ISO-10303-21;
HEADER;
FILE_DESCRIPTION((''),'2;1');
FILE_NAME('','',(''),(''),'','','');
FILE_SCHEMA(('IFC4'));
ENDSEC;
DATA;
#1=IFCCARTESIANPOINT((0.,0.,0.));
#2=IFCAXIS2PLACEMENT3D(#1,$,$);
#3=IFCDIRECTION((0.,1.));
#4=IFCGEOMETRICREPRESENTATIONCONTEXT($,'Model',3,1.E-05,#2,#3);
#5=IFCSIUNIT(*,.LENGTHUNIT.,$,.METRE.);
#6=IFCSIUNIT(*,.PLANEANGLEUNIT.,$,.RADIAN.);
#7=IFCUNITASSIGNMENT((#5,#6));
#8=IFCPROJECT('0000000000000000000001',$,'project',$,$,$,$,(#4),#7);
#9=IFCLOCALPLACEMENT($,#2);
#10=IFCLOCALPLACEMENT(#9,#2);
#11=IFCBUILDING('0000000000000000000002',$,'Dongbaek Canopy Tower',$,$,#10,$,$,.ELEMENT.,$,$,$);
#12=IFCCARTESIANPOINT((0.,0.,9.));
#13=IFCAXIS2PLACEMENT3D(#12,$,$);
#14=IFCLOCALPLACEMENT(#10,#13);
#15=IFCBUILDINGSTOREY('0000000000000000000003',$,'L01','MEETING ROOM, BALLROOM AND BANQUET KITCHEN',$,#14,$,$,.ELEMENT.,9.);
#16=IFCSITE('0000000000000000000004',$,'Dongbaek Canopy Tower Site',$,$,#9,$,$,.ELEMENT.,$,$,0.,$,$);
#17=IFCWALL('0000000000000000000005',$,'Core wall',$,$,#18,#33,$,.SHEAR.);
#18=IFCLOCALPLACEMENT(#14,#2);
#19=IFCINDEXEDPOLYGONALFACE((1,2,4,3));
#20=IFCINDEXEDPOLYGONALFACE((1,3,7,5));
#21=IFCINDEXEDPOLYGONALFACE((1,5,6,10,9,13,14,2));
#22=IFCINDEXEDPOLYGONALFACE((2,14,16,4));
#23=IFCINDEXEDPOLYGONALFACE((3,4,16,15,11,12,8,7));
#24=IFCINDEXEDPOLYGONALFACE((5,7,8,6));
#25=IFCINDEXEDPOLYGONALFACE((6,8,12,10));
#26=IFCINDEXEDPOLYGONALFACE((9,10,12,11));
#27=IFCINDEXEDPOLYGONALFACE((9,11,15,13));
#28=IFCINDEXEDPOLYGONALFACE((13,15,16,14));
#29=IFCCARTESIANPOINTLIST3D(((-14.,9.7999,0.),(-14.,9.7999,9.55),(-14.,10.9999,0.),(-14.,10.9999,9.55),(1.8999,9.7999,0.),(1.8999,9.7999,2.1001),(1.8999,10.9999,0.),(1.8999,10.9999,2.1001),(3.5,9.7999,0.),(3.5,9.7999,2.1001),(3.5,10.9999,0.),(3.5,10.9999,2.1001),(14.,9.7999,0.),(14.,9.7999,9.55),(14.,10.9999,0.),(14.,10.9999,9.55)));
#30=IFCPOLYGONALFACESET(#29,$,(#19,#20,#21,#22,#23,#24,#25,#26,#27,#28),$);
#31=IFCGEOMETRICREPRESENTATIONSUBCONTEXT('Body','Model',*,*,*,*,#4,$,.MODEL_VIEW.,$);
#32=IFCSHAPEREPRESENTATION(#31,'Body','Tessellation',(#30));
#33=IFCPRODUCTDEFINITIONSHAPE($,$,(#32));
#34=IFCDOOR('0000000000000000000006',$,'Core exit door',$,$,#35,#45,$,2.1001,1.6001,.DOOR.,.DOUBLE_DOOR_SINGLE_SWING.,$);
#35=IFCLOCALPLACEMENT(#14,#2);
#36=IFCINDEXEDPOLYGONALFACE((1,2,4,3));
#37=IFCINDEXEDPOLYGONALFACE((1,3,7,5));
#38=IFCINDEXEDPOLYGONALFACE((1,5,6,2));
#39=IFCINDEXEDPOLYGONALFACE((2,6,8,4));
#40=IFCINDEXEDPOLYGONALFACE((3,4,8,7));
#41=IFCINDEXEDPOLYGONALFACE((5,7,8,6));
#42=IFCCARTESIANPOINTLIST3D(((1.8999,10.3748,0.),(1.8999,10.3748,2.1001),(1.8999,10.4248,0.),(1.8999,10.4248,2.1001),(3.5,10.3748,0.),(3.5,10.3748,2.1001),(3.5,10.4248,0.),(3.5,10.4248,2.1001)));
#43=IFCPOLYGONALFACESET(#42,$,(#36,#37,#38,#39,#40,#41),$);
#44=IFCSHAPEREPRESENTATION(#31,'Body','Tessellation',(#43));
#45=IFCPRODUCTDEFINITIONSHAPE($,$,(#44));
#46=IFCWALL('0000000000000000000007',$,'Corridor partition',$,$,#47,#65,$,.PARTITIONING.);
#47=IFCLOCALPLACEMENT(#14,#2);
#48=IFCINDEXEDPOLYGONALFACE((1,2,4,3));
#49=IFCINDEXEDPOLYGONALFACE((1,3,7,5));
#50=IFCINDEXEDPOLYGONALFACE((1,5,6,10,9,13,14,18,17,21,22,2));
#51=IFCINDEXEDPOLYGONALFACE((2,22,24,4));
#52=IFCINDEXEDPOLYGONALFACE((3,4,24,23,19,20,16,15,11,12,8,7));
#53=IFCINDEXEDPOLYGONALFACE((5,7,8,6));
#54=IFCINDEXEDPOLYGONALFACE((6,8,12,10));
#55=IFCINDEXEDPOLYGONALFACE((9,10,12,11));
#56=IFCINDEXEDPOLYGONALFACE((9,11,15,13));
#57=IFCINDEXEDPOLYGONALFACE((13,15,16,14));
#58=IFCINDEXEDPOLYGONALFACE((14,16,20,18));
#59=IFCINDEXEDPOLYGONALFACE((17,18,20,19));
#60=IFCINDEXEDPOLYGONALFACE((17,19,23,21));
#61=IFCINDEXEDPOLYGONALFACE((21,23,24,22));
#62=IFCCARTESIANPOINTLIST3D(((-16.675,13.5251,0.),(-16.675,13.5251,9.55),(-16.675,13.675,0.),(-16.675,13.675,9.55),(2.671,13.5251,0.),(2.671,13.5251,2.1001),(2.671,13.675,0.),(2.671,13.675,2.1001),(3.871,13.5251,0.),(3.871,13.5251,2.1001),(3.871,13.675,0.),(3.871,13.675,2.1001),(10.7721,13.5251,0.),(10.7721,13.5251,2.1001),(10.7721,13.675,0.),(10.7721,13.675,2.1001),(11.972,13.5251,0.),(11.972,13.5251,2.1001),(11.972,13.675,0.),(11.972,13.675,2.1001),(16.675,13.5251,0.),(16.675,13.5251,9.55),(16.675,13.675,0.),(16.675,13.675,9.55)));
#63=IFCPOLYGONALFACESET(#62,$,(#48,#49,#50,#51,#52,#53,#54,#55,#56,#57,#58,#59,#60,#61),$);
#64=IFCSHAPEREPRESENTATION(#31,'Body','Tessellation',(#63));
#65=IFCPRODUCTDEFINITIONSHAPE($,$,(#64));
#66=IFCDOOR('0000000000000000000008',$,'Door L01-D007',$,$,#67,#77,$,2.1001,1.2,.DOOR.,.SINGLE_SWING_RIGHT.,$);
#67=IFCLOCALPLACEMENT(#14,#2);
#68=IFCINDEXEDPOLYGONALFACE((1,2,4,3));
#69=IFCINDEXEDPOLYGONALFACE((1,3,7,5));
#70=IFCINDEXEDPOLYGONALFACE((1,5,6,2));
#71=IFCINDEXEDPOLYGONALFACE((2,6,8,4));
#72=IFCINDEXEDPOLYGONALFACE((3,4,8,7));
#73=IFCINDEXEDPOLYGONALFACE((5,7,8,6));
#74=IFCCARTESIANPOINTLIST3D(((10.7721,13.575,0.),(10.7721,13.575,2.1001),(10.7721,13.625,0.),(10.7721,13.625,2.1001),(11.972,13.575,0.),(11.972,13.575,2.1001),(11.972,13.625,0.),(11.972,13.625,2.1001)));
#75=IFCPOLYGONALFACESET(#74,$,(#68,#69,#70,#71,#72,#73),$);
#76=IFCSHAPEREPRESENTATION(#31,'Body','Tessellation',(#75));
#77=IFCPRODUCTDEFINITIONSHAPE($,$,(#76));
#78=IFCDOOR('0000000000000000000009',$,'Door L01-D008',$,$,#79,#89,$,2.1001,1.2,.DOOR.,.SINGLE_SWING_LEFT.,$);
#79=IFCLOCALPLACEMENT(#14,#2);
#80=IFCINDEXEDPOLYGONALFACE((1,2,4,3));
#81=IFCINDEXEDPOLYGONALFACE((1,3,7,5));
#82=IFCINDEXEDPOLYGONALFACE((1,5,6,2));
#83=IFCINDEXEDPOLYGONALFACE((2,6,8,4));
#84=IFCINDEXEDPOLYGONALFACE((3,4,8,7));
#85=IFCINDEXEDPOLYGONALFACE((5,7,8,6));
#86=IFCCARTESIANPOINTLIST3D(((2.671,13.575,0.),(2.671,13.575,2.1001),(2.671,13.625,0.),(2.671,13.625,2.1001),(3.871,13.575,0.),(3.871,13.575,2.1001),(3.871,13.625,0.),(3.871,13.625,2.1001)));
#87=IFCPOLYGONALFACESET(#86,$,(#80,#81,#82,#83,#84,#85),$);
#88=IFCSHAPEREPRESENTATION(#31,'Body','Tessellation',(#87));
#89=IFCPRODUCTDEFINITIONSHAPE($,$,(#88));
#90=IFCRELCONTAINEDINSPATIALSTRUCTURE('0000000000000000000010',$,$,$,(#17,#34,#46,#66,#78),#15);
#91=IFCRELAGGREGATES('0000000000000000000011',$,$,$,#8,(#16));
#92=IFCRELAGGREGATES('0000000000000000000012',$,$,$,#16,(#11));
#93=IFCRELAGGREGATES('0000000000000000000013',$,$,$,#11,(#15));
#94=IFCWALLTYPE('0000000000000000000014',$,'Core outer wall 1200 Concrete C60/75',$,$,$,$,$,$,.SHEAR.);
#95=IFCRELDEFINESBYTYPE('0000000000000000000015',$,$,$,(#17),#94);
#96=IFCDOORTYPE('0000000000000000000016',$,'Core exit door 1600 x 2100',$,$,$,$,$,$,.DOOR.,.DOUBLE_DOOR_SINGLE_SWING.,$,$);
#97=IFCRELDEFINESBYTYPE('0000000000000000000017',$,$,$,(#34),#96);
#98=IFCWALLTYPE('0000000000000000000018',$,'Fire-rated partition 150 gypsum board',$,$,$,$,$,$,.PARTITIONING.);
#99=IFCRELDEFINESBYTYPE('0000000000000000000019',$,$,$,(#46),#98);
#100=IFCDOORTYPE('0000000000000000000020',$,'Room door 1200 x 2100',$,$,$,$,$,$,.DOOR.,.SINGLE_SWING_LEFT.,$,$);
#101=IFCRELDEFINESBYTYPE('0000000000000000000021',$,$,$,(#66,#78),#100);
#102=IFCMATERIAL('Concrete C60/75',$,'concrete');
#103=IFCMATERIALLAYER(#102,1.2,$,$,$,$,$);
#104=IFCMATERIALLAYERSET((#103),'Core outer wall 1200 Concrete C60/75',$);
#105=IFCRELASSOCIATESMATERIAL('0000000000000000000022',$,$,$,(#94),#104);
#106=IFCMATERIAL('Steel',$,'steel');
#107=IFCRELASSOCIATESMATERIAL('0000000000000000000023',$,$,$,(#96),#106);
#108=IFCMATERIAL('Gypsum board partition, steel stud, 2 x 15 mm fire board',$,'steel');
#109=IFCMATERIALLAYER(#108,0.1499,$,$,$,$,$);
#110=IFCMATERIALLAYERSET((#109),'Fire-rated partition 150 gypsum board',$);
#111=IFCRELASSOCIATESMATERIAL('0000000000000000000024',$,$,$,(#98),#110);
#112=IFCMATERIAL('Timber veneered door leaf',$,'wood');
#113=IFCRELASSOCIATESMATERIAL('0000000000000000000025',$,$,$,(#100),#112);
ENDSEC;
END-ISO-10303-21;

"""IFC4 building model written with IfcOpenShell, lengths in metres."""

from ifc_helpers import new_model, si_unit, direction, frame, frame_2d, origin, place, context, subcontext, project, spatial, rectangle, extrude, material, layer, layer_set, type_object, element, fill, save


model = new_model("IFC4")

# Units and contexts
model_context = context("Model", 3, precision=1e-05, world=origin(), true_north=direction((0.0, 1.0)))
body_context = subcontext(model_context, "Body", "Model", "MODEL_VIEW")
ifc_project = project(units=[si_unit("LENGTHUNIT", "METRE"), si_unit("PLANEANGLEUNIT", "RADIAN")], contexts=[model_context])

# Site, building, storey
site_placement = place(None, origin())
site = spatial("IfcSite", under=ifc_project, at=site_placement, Name="Dongbaek Canopy Tower Site", CompositionType="ELEMENT", RefElevation=0.0)
building_placement = place(site_placement, origin())
building = spatial("IfcBuilding", under=site, at=building_placement, Name="Dongbaek Canopy Tower", CompositionType="ELEMENT")
storey_placement = place(building_placement, frame((0.0, 0.0, 9.0)))
storey = spatial("IfcBuildingStorey", under=building, at=storey_placement, Name="L01", Description="MEETING ROOM, BALLROOM AND BANQUET KITCHEN", CompositionType="ELEMENT", Elevation=9.0)

# Wall, opening, door
ifc_material_1 = material(Name="Concrete C60/75", Category="concrete")
ifc_layer_1 = layer(ifc_material_1, 1.2)
ifc_layer_set_1 = layer_set([ifc_layer_1], Name="Core outer wall 1200 Concrete C60/75")
wall_type_1 = type_object("IfcWallType", Name="Core outer wall 1200 Concrete C60/75", PredefinedType="SHEAR", material=ifc_layer_set_1)
wall_1_placement = place(storey_placement, frame((-14.0, 10.3999, 0.0), z_axis=(0.0, 0.0, 1.0), x_axis=(1.0, 0.0, 0.0)))
wall_1 = element("IfcWall", 1, at=wall_1_placement, inside=storey, type_object=wall_type_1, Name="Core wall", PredefinedType="SHEAR", context=body_context, shape_type="SweptSolid", body=[
    extrude(rectangle(XDim=28.0, YDim=1.2, at=frame_2d((14.0, 0.0))), origin(), (0.0, 0.0, 1.0), 9.55),
])
opening_1_placement = place(wall_1_placement, frame((15.8999, 0.0, 0.0)))
opening_1 = element("IfcOpeningElement", 2, at=opening_1_placement, cuts=wall_1, PredefinedType="OPENING", context=body_context, shape_type="SweptSolid", body=[
    extrude(rectangle(XDim=1.6001, YDim=2.1001, at=frame_2d((0.8, 1.05))), frame((0.0, 0.6099, 0.0), z_axis=(0.0, -1.0, 0.0), x_axis=(1.0, 0.0, 0.0)), (0.0, 0.0, 1.0), 1.22),
])
ifc_material_2 = material(Name="Steel", Category="steel")
door_type_1 = type_object("IfcDoorType", Name="Core exit door 1600 x 2100", OperationType="DOUBLE_DOOR_SINGLE_SWING", PredefinedType="DOOR", material=ifc_material_2)
door_1_placement = place(opening_1_placement, origin())
door_1 = element("IfcDoor", 3, at=door_1_placement, inside=storey, type_object=door_type_1, Name="Core exit door", OperationType="DOUBLE_DOOR_SINGLE_SWING", OverallHeight=2.1001, OverallWidth=1.6001, PredefinedType="DOOR", context=body_context, shape_type="SweptSolid", body=[
    extrude(rectangle(XDim=1.6001, YDim=2.1001, at=frame_2d((0.8, 1.05))), frame((0.0, 0.0249, 0.0), z_axis=(0.0, -1.0, 0.0), x_axis=(1.0, 0.0, 0.0)), (0.0, 0.0, 1.0), 0.05),
])
fill(opening_1, door_1)

# Wall, openings, doors
ifc_material_3 = material(Name="Gypsum board partition, steel stud, 2 x 15 mm fire board", Category="steel")
ifc_layer_2 = layer(ifc_material_3, 0.1499)
ifc_layer_set_2 = layer_set([ifc_layer_2], Name="Fire-rated partition 150 gypsum board")
wall_type_2 = type_object("IfcWallType", Name="Fire-rated partition 150 gypsum board", PredefinedType="PARTITIONING", material=ifc_layer_set_2)
wall_2_placement = place(storey_placement, frame((-16.675, 13.6001, 0.0), z_axis=(0.0, 0.0, 1.0), x_axis=(1.0, 0.0, 0.0)))
wall_2 = element("IfcWall", 4, at=wall_2_placement, inside=storey, type_object=wall_type_2, Name="Corridor partition", PredefinedType="PARTITIONING", context=body_context, shape_type="SweptSolid", body=[
    extrude(rectangle(XDim=33.3501, YDim=0.1499, at=frame_2d((16.675, 0.0))), origin(), (0.0, 0.0, 1.0), 9.55),
])
opening_2_placement = place(wall_2_placement, frame((27.447, 0.0, 0.0)))
opening_2 = element("IfcOpeningElement", 5, at=opening_2_placement, cuts=wall_2, PredefinedType="OPENING", context=body_context, shape_type="SweptSolid", body=[
    extrude(rectangle(XDim=1.2, YDim=2.1001, at=frame_2d((0.6001, 1.05))), frame((0.0, 0.085, 0.0), z_axis=(0.0, -1.0, 0.0), x_axis=(1.0, 0.0, 0.0)), (0.0, 0.0, 1.0), 0.1699),
])
opening_3_placement = place(wall_2_placement, frame((19.3459, 0.0, 0.0)))
opening_3 = element("IfcOpeningElement", 6, at=opening_3_placement, cuts=wall_2, PredefinedType="OPENING", context=body_context, shape_type="SweptSolid", body=[
    extrude(rectangle(XDim=1.2, YDim=2.1001, at=frame_2d((0.6001, 1.05))), frame((0.0, 0.085, 0.0), z_axis=(0.0, -1.0, 0.0), x_axis=(1.0, 0.0, 0.0)), (0.0, 0.0, 1.0), 0.1699),
])
ifc_material_4 = material(Name="Timber veneered door leaf", Category="wood")
door_type_2 = type_object("IfcDoorType", Name="Room door 1200 x 2100", OperationType="SINGLE_SWING_LEFT", PredefinedType="DOOR", material=ifc_material_4)
door_2_placement = place(opening_2_placement, origin())
door_2 = element("IfcDoor", 7, at=door_2_placement, inside=storey, type_object=door_type_2, Name="Door L01-D007", OperationType="SINGLE_SWING_RIGHT", OverallHeight=2.1001, OverallWidth=1.2, PredefinedType="DOOR", context=body_context, shape_type="SweptSolid", body=[
    extrude(rectangle(XDim=1.2, YDim=2.1001, at=frame_2d((0.6001, 1.05))), frame((0.0, 0.0249, 0.0), z_axis=(0.0, -1.0, 0.0), x_axis=(1.0, 0.0, 0.0)), (0.0, 0.0, 1.0), 0.05),
])
fill(opening_2, door_2)
door_3_placement = place(opening_3_placement, origin())
door_3 = element("IfcDoor", 8, at=door_3_placement, inside=storey, type_object=door_type_2, Name="Door L01-D008", OperationType="SINGLE_SWING_LEFT", OverallHeight=2.1001, OverallWidth=1.2, PredefinedType="DOOR", context=body_context, shape_type="SweptSolid", body=[
    extrude(rectangle(XDim=1.2, YDim=2.1001, at=frame_2d((0.6001, 1.05))), frame((0.0, 0.0249, 0.0), z_axis=(0.0, -1.0, 0.0), x_axis=(1.0, 0.0, 0.0)), (0.0, 0.0, 1.0), 0.05),
])
fill(opening_3, door_3)

save(model, "model.ifc")
